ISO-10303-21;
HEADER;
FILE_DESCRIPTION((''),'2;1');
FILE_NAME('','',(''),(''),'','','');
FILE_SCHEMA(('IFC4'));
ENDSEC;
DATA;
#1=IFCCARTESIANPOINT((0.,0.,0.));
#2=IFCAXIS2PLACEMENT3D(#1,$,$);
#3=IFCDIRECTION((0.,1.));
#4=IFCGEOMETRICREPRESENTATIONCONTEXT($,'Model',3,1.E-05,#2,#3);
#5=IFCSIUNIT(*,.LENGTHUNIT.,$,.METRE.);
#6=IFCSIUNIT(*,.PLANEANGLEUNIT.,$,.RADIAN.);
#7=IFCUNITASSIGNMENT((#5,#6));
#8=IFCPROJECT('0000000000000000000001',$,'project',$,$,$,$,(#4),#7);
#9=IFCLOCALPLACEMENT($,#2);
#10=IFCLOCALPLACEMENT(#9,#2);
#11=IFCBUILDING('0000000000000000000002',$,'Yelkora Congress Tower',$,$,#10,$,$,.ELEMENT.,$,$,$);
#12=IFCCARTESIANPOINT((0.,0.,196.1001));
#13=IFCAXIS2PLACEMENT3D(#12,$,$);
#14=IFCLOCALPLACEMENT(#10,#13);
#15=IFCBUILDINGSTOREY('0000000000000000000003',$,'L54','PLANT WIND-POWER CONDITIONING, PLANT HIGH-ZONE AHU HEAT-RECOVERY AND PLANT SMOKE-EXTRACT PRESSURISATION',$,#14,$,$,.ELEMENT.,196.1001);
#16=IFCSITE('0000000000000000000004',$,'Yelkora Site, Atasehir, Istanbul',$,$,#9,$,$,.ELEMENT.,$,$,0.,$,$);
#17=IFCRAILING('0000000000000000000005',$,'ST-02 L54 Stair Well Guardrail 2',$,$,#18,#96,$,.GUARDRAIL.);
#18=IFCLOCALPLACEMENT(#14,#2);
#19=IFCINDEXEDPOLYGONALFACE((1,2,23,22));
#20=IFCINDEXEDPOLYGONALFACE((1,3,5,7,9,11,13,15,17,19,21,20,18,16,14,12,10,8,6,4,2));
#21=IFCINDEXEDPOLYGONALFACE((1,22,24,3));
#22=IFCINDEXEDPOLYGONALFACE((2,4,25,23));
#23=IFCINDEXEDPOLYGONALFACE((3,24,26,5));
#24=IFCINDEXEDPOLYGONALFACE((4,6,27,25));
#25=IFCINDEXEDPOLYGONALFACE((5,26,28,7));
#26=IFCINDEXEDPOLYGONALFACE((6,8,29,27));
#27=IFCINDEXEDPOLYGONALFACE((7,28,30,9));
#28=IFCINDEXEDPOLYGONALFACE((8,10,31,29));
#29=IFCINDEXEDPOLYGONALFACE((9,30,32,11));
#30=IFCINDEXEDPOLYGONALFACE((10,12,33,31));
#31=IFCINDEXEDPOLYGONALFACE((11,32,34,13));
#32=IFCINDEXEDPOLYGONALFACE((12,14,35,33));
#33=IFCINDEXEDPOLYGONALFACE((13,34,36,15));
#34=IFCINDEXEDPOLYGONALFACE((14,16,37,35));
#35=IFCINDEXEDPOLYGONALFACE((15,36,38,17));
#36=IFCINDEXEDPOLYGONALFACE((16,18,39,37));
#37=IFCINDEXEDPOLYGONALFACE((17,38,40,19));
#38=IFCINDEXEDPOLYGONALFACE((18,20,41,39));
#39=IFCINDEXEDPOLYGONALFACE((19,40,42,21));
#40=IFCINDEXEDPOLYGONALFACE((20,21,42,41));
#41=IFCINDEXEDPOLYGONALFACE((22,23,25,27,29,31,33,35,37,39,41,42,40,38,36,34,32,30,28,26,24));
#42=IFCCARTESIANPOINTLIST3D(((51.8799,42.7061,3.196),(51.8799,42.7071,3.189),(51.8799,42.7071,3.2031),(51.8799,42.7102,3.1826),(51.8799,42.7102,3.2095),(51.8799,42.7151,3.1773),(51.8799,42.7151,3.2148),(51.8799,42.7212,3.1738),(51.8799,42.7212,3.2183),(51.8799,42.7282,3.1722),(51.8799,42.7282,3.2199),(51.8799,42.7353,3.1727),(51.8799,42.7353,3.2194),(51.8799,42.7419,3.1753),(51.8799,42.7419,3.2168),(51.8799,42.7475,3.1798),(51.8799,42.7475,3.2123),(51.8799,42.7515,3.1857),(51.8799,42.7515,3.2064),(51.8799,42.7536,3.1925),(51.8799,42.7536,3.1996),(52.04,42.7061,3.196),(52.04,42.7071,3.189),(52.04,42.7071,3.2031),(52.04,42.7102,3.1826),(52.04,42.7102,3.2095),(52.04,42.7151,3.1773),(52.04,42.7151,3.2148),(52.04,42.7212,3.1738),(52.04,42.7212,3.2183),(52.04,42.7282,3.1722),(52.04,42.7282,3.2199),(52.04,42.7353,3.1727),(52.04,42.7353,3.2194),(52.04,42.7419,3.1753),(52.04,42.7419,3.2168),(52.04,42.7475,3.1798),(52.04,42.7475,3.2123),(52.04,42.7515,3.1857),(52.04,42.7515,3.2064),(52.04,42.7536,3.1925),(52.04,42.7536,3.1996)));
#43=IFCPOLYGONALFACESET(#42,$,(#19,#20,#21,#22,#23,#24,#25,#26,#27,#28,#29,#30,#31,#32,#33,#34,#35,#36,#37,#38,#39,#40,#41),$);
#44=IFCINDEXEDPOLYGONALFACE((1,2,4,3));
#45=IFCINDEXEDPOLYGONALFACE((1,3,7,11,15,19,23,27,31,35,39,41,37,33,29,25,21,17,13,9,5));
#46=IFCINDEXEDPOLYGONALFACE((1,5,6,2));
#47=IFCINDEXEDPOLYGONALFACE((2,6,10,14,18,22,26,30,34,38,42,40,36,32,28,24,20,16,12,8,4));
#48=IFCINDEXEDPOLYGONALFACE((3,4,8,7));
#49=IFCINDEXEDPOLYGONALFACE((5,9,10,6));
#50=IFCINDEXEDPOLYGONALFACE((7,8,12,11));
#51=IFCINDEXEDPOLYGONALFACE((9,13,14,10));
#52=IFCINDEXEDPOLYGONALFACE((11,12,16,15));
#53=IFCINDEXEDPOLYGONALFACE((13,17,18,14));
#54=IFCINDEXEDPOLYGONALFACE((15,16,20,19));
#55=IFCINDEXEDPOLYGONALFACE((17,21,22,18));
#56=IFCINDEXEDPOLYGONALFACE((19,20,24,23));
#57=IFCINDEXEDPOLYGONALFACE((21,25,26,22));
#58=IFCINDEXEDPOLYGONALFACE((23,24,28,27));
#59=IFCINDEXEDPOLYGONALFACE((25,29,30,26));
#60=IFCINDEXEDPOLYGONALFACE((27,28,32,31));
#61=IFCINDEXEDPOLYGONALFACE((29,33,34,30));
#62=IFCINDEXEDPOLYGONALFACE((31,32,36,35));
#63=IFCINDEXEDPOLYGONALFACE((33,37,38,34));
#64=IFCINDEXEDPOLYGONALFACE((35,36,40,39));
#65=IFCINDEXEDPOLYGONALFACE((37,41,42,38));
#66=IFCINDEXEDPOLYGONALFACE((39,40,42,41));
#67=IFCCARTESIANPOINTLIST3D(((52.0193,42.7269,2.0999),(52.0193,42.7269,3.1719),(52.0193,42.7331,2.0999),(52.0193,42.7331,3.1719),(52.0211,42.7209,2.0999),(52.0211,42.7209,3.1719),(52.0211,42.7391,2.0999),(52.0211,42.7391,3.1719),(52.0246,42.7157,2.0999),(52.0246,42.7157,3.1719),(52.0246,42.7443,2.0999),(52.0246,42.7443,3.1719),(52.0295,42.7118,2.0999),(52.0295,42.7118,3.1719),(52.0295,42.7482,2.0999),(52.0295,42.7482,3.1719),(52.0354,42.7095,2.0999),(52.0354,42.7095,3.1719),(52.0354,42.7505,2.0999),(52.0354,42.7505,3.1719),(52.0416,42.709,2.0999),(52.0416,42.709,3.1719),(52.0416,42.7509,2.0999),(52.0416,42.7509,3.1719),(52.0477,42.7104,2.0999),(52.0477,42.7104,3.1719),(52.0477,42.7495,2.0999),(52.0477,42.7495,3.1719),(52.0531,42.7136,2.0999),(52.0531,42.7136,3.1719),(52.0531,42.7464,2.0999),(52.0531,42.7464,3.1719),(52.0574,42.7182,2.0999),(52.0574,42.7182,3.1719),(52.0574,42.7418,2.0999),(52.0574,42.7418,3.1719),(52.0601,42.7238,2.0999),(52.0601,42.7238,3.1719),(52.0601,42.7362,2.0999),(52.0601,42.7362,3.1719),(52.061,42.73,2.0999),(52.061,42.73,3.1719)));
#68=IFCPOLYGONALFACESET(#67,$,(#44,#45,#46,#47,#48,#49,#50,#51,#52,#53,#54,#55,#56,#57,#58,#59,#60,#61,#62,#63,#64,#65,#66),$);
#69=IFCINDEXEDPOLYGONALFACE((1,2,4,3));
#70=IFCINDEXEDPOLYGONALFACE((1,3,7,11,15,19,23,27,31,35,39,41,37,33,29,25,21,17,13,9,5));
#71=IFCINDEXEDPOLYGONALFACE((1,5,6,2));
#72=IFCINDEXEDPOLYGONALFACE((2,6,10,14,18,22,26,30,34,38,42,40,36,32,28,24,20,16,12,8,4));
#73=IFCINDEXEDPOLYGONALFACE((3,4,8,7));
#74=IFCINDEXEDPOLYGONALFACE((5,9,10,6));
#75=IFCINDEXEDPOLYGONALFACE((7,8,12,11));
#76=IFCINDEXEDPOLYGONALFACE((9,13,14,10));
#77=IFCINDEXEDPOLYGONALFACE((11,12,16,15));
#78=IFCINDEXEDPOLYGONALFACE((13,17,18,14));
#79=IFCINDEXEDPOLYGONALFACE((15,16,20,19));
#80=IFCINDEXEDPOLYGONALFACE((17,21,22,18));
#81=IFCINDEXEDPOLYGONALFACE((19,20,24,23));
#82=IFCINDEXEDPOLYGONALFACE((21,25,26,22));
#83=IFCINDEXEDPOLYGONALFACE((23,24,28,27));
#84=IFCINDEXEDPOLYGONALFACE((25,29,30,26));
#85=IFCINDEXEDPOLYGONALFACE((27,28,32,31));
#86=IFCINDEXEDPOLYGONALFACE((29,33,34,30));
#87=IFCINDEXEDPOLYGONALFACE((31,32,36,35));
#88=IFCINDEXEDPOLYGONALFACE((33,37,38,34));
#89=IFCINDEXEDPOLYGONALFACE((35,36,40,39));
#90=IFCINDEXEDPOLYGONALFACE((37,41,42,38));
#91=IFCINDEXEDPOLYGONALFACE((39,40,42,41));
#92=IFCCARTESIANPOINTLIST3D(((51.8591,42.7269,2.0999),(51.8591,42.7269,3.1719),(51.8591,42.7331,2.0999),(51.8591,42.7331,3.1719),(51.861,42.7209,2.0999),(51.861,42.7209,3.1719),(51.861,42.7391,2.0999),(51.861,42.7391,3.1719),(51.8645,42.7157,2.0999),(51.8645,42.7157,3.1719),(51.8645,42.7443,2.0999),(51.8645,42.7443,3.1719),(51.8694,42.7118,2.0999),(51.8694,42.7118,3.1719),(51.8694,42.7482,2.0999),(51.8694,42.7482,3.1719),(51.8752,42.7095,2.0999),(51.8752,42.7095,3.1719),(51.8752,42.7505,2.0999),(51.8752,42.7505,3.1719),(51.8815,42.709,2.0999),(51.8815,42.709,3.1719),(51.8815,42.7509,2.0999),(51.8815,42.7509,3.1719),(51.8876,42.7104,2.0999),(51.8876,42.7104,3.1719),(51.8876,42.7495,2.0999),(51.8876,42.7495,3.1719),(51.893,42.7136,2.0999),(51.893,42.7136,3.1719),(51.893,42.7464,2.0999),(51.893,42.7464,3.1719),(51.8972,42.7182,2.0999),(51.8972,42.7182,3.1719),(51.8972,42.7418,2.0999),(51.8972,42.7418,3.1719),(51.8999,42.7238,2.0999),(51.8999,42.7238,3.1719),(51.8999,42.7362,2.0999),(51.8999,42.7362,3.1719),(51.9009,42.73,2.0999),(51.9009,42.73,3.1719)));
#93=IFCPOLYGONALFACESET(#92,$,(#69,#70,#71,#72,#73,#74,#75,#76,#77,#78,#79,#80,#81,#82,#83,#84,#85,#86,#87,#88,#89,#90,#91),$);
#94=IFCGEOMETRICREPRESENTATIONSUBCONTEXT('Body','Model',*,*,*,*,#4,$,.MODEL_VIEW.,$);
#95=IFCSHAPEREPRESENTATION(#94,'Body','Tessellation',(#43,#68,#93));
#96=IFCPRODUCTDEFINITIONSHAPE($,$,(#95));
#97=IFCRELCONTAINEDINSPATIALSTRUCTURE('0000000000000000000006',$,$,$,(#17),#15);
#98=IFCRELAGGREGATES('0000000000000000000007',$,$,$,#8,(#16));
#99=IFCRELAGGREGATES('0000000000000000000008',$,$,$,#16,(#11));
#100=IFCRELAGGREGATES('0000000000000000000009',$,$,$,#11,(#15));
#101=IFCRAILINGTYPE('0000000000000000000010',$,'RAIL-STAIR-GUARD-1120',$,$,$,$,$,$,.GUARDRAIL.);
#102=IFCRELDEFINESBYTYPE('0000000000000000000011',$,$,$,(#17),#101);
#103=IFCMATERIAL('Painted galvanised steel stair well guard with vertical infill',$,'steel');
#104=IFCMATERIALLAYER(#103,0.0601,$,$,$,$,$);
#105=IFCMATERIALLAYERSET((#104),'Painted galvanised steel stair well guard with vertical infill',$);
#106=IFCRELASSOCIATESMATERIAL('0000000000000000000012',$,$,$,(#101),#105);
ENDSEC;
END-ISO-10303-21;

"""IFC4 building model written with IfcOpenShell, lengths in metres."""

from ifc_helpers import new_model, si_unit, direction, frame, origin, origin_2d, place, context, subcontext, project, spatial, circle, extrude, material, layer, layer_set, type_object, element, save


model = new_model("IFC4")

# Units and contexts
model_context = context("Model", 3, precision=1e-05, world=origin(), true_north=direction((0.0, 1.0)))
body_context = subcontext(model_context, "Body", "Model", "MODEL_VIEW")
ifc_project = project(units=[si_unit("LENGTHUNIT", "METRE"), si_unit("PLANEANGLEUNIT", "RADIAN")], contexts=[model_context])

# Site, building, storey
site_placement = place(None, origin())
site = spatial("IfcSite", under=ifc_project, at=site_placement, Name="Yelkora Site, Atasehir, Istanbul", CompositionType="ELEMENT", RefElevation=0.0)
building_placement = place(site_placement, origin())
building = spatial("IfcBuilding", under=site, at=building_placement, Name="Yelkora Congress Tower", CompositionType="ELEMENT")
storey_placement = place(building_placement, frame((0.0, 0.0, 196.1001)))
storey = spatial("IfcBuildingStorey", under=building, at=storey_placement, Name="L54", Description="PLANT WIND-POWER CONDITIONING, PLANT HIGH-ZONE AHU HEAT-RECOVERY AND PLANT SMOKE-EXTRACT PRESSURISATION", CompositionType="ELEMENT", Elevation=196.1001)

# Railing
ifc_material_1 = material(Name="Painted galvanised steel stair well guard with vertical infill", Category="steel")
ifc_layer_1 = layer(ifc_material_1, 0.0601)
ifc_layer_set_1 = layer_set([ifc_layer_1], Name="Painted galvanised steel stair well guard with vertical infill")
railing_type_1 = type_object("IfcRailingType", Name="RAIL-STAIR-GUARD-1120", PredefinedType="GUARDRAIL", material=ifc_layer_set_1)
railing_1_placement = place(storey_placement, frame((52.04, 42.73, 2.0999)))
element("IfcRailing", 1, at=railing_1_placement, inside=storey, type_object=railing_type_1, Name="ST-02 L54 Stair Well Guardrail 2", PredefinedType="GUARDRAIL", context=body_context, shape_type="SweptSolid", body=[
    extrude(circle(Radius=0.0239, at=origin_2d()), frame((0.0, 0.0, 1.0962), z_axis=(-1.0, 0.0, 0.0), x_axis=(0.0, -1.0, 0.0)), (0.0, 0.0, 1.0), 0.1602),
    extrude(circle(Radius=0.021, at=origin_2d()), origin(), (0.0, 0.0, 1.0), 1.072),
    extrude(circle(Radius=0.021, at=origin_2d()), frame((-0.1602, 0.0, 0.0)), (0.0, 0.0, 1.0), 1.072),
])

save(model, "model.ifc")
